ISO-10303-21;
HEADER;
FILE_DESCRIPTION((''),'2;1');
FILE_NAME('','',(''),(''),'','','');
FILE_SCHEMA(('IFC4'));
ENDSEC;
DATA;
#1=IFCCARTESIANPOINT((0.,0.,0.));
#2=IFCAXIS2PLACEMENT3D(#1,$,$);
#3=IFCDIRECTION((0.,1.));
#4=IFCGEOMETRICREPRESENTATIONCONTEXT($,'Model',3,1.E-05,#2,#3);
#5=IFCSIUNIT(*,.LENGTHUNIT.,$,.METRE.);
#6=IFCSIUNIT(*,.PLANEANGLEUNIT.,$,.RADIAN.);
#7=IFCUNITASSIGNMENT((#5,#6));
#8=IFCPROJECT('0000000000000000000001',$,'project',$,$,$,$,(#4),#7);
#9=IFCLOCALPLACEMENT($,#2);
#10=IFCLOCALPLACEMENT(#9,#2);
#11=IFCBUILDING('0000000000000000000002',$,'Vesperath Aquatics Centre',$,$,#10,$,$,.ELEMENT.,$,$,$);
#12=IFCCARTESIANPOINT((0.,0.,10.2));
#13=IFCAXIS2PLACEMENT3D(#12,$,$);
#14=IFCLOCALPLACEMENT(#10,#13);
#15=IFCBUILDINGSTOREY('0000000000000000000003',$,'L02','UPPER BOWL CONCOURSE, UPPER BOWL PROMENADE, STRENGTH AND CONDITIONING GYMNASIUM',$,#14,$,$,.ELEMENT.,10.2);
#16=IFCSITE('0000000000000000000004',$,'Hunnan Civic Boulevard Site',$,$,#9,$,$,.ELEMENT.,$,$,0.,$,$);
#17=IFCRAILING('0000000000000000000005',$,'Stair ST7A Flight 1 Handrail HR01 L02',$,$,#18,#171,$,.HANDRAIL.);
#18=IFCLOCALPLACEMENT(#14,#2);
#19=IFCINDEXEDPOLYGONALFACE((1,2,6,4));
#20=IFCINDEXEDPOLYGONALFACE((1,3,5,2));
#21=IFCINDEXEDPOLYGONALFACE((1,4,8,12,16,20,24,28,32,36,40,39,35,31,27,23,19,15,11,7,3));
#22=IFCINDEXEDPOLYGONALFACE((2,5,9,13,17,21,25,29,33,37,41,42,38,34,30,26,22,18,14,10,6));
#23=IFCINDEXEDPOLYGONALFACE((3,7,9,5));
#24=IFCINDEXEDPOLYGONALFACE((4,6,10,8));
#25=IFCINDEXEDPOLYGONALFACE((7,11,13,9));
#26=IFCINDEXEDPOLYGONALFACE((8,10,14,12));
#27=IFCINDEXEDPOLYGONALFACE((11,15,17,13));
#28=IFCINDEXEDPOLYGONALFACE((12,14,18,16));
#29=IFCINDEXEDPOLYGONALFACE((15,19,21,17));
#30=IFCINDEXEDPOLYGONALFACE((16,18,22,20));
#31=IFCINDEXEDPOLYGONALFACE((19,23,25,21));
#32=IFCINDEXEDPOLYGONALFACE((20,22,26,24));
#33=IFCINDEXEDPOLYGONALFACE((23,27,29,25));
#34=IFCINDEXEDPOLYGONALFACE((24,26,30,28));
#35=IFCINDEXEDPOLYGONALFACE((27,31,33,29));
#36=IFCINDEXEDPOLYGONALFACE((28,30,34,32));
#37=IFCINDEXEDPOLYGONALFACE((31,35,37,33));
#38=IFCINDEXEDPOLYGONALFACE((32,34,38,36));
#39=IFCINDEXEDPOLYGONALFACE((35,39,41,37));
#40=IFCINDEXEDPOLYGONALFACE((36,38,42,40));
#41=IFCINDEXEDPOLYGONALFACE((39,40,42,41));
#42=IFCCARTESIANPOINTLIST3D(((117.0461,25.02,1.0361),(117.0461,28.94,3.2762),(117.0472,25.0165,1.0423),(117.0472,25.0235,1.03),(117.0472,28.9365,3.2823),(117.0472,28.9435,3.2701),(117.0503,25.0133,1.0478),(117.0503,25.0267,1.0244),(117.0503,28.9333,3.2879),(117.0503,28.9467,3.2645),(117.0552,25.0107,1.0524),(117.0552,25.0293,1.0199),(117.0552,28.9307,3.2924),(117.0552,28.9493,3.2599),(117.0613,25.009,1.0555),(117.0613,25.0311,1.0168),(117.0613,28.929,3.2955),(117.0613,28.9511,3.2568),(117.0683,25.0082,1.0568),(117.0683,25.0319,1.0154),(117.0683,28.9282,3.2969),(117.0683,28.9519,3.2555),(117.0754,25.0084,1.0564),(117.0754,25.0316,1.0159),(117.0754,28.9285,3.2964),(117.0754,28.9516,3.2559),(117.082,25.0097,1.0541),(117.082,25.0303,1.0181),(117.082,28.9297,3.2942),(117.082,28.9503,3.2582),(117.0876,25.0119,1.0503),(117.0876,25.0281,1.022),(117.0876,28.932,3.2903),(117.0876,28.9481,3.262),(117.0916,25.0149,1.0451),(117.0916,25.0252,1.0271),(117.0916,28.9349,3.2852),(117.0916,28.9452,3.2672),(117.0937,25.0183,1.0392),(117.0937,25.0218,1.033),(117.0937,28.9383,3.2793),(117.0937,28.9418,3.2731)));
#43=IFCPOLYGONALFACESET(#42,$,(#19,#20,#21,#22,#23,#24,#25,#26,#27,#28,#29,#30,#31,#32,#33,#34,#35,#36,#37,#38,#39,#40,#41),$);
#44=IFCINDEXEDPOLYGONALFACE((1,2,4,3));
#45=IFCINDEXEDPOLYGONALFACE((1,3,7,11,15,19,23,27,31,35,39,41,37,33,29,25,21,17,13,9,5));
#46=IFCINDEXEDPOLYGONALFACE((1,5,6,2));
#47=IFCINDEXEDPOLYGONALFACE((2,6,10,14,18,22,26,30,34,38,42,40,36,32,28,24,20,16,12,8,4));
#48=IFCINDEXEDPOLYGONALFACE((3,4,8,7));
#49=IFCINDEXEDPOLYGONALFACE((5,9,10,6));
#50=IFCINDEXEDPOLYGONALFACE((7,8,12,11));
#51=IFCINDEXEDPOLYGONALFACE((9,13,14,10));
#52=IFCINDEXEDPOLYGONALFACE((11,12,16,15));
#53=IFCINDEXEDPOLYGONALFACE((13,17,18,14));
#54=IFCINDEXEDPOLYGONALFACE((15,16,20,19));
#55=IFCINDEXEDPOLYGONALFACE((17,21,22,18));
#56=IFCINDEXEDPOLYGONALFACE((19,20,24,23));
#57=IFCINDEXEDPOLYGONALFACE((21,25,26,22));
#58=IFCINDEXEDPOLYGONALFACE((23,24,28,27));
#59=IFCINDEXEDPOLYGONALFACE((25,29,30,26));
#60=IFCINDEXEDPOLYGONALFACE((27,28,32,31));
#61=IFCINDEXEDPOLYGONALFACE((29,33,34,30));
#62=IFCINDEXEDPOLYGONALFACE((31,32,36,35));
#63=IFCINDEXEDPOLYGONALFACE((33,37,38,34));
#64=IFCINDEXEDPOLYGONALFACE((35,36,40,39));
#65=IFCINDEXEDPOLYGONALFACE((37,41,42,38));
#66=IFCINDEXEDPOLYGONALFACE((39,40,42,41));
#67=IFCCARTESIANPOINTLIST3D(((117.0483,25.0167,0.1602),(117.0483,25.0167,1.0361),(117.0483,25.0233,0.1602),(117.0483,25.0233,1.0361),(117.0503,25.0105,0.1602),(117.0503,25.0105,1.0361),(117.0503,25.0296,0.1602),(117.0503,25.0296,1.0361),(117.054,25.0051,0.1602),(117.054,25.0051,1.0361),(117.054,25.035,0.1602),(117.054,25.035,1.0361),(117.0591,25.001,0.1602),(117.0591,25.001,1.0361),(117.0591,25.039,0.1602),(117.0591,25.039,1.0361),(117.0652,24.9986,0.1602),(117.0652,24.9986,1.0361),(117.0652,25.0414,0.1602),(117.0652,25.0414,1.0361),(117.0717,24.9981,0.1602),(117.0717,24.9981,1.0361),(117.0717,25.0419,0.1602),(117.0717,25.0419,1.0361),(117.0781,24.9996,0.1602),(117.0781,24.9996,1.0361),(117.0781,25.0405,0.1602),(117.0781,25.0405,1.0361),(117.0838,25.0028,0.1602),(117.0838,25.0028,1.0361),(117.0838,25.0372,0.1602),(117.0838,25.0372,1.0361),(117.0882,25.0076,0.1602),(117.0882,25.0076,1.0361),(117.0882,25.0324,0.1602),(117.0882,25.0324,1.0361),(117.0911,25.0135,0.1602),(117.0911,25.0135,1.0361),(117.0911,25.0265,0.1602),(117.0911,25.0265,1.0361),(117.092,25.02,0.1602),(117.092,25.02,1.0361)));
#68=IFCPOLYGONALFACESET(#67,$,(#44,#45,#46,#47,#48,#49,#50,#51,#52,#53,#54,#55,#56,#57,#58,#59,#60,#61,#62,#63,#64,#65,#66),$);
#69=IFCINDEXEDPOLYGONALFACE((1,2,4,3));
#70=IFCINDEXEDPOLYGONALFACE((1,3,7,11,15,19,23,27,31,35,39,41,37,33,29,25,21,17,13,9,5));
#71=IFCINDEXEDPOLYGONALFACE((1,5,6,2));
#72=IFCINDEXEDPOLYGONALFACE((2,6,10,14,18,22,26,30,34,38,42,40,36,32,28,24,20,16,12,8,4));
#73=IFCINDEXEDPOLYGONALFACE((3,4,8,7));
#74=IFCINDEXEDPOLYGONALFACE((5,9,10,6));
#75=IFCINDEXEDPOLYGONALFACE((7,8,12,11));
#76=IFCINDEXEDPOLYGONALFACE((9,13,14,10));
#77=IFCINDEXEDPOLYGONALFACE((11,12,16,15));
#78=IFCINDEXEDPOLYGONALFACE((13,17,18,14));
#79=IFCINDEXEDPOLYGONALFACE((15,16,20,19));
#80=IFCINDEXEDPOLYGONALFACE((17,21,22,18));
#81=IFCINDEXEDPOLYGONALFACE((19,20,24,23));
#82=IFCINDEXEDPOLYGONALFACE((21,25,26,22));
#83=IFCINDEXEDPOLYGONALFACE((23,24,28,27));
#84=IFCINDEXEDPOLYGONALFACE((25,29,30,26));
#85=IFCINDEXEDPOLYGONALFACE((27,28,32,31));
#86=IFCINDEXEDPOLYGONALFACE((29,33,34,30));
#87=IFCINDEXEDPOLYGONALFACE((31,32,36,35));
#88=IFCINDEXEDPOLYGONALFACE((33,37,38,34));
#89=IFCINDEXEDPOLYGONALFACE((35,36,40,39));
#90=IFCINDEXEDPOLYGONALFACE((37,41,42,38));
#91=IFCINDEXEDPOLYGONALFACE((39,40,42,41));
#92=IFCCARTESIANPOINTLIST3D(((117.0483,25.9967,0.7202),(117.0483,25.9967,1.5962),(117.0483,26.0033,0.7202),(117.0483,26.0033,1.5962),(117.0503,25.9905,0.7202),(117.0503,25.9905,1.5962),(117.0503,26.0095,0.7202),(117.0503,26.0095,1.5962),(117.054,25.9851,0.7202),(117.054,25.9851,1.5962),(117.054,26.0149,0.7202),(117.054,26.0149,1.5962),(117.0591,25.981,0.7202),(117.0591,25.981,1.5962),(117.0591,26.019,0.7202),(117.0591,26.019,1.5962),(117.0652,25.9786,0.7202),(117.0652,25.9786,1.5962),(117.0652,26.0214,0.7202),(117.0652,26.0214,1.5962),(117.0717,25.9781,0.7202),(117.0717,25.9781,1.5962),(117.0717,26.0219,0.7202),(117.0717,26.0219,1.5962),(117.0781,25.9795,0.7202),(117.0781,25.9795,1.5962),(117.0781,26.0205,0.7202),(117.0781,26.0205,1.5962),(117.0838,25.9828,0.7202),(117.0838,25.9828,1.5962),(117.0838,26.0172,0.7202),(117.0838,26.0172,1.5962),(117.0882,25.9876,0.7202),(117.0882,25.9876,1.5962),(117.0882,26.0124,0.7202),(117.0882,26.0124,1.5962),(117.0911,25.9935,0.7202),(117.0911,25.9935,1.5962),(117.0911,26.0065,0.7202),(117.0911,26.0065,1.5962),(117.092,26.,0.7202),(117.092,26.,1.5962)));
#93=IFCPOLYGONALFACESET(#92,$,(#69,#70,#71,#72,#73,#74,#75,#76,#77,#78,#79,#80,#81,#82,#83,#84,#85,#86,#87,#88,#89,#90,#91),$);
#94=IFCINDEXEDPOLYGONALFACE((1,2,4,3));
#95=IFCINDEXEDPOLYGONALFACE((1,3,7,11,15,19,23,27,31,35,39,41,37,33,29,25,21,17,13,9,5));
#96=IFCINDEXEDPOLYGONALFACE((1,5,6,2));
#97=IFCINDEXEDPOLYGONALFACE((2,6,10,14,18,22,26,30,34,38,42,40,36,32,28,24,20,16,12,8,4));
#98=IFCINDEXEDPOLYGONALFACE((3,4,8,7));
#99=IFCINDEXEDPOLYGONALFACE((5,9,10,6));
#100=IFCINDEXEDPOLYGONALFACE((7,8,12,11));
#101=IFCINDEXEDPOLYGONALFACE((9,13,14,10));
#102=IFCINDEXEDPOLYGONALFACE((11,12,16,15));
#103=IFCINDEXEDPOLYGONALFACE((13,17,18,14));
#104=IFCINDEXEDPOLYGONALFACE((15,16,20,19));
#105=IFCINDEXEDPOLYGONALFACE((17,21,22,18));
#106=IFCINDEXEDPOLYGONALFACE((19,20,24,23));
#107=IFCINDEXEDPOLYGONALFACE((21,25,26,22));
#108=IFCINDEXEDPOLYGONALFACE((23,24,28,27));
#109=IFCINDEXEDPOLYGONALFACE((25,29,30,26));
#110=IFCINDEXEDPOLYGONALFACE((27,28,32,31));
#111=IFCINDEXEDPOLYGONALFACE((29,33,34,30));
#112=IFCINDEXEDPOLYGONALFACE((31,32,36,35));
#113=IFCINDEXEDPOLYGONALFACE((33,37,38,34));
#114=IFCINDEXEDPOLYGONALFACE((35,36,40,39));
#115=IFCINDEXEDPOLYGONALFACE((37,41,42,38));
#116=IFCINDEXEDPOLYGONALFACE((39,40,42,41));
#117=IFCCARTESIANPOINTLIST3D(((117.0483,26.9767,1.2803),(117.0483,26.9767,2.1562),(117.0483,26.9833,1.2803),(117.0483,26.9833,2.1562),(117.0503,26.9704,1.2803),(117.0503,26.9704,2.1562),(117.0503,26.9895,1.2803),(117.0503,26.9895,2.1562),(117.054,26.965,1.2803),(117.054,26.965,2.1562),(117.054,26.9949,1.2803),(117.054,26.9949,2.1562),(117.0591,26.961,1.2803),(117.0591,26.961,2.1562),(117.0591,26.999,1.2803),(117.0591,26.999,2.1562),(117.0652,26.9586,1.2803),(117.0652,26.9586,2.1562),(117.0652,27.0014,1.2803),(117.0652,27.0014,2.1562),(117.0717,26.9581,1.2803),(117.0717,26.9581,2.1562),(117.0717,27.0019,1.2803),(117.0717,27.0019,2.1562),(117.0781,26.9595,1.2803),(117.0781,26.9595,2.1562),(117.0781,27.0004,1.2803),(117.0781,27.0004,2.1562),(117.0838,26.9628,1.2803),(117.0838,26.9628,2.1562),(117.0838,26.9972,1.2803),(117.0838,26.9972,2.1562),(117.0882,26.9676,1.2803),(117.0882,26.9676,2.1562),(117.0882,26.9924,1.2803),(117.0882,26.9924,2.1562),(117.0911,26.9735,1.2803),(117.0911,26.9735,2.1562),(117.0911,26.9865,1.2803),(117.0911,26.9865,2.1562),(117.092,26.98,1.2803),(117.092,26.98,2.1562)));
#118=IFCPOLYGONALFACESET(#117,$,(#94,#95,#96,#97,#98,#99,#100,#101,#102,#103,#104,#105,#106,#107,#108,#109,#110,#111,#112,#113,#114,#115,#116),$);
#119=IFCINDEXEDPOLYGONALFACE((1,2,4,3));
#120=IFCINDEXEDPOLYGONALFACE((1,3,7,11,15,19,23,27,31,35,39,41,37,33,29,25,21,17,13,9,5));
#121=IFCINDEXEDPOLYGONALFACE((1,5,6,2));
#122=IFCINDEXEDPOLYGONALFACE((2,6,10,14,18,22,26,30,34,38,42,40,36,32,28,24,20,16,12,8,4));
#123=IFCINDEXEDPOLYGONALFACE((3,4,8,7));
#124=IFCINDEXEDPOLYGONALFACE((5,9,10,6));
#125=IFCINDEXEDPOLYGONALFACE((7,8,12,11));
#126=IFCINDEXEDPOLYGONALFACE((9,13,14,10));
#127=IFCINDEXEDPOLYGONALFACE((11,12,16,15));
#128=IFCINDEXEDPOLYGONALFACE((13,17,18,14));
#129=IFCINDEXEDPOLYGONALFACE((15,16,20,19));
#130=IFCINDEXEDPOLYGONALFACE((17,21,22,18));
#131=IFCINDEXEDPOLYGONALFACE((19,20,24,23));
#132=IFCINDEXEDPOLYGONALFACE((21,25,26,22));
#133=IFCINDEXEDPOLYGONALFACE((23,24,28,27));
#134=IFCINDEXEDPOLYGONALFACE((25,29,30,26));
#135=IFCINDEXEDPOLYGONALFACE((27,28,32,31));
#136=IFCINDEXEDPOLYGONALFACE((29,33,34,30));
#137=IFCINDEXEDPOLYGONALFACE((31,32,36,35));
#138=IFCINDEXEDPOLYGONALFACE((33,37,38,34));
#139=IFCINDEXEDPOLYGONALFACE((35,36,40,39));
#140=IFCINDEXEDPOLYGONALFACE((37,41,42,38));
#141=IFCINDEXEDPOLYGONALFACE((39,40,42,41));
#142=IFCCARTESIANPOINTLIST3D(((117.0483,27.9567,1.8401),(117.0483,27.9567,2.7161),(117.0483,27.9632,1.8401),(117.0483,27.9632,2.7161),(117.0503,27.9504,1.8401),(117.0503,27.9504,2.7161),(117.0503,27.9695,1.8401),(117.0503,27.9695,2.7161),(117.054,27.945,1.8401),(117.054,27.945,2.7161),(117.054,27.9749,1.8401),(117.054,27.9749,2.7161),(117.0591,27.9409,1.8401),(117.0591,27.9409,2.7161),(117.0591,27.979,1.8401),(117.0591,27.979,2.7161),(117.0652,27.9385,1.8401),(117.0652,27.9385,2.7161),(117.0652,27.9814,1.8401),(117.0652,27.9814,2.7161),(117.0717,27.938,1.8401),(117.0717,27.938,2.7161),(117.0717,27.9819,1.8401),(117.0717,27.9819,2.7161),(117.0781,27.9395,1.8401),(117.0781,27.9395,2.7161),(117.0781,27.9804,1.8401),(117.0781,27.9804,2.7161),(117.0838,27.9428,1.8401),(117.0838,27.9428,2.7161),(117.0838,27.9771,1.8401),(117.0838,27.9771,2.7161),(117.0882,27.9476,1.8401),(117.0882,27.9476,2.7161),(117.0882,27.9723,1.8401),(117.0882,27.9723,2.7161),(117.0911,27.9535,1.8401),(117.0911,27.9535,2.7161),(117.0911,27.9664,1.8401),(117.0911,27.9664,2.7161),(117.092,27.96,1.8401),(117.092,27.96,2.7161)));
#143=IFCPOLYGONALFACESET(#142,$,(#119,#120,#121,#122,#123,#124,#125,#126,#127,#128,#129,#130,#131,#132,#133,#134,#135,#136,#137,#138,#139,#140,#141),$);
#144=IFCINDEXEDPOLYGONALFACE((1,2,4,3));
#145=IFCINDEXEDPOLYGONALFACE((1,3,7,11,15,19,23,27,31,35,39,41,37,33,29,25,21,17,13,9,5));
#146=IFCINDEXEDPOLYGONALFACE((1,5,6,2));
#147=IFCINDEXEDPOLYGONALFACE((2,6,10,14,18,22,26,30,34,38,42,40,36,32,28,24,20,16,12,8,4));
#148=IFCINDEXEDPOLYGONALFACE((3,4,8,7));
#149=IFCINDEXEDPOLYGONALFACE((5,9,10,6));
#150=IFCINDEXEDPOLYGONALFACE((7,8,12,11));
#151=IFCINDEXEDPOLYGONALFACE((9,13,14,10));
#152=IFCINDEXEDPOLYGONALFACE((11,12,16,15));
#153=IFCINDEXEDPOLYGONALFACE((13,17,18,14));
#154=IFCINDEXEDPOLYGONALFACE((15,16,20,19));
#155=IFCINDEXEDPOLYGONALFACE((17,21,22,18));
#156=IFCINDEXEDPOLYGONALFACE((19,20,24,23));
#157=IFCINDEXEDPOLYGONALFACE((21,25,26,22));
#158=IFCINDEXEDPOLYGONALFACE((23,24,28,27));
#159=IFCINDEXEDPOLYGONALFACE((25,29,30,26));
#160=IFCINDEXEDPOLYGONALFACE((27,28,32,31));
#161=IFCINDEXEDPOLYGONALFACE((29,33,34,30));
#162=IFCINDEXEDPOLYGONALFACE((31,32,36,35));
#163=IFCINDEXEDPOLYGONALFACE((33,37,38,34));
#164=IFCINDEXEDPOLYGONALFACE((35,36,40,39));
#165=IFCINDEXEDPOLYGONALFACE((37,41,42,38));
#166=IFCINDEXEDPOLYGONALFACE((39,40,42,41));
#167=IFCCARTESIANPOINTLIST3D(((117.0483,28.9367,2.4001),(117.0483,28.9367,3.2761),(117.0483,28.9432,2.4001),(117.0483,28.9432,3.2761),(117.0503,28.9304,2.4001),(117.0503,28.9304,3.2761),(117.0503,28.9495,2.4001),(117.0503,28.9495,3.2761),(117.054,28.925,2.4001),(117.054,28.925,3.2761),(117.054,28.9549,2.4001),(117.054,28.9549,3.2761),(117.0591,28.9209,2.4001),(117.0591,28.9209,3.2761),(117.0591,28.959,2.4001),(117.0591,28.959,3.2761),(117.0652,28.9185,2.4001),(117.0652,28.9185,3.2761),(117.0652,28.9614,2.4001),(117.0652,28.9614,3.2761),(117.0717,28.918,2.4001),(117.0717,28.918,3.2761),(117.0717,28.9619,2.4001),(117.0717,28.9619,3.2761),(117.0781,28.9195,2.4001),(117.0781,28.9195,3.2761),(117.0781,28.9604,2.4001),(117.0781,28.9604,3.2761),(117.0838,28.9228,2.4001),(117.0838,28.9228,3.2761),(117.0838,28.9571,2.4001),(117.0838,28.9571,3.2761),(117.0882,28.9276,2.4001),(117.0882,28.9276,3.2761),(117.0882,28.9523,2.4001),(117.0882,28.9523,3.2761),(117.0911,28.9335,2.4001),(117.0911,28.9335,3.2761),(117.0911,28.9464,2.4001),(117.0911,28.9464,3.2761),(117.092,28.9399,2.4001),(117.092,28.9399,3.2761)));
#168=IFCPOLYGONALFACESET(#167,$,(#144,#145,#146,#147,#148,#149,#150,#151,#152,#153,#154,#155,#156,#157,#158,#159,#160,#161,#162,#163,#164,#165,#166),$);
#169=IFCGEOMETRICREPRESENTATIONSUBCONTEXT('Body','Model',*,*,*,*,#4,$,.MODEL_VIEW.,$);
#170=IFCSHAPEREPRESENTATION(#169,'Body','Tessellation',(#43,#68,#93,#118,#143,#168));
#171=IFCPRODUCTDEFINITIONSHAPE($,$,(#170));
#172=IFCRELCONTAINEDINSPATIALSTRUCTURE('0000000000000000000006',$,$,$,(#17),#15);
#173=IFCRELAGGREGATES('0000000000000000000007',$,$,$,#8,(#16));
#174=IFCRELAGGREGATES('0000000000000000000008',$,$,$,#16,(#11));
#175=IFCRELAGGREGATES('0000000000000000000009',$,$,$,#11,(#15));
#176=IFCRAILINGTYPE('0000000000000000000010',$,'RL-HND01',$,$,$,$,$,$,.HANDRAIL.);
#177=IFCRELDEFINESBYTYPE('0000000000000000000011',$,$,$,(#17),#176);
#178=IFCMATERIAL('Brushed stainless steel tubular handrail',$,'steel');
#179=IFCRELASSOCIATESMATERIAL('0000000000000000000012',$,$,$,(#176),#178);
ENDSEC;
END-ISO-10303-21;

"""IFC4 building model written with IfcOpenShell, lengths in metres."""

from ifc_helpers import new_model, si_unit, direction, frame, origin, origin_2d, place, context, subcontext, project, spatial, circle, extrude, material, type_object, element, save


model = new_model("IFC4")

# Units and contexts
model_context = context("Model", 3, precision=1e-05, world=origin(), true_north=direction((0.0, 1.0)))
body_context = subcontext(model_context, "Body", "Model", "MODEL_VIEW")
ifc_project = project(units=[si_unit("LENGTHUNIT", "METRE"), si_unit("PLANEANGLEUNIT", "RADIAN")], contexts=[model_context])

# Site, building, storey
site_placement = place(None, origin())
site = spatial("IfcSite", under=ifc_project, at=site_placement, Name="Hunnan Civic Boulevard Site", CompositionType="ELEMENT", RefElevation=0.0)
building_placement = place(site_placement, origin())
building = spatial("IfcBuilding", under=site, at=building_placement, Name="Vesperath Aquatics Centre", CompositionType="ELEMENT")
storey_placement = place(building_placement, frame((0.0, 0.0, 10.2)))
storey = spatial("IfcBuildingStorey", under=building, at=storey_placement, Name="L02", Description="UPPER BOWL CONCOURSE, UPPER BOWL PROMENADE, STRENGTH AND CONDITIONING GYMNASIUM", CompositionType="ELEMENT", Elevation=10.2)

# Railing
ifc_material_1 = material(Name="Brushed stainless steel tubular handrail", Category="steel")
railing_type_1 = type_object("IfcRailingType", Name="RL-HND01", PredefinedType="HANDRAIL", material=ifc_material_1)
railing_1_placement = place(storey_placement, frame((117.0701, 25.02, 0.1602)))
element("IfcRailing", 1, at=railing_1_placement, inside=storey, type_object=railing_type_1, Name="Stair ST7A Flight 1 Handrail HR01 L02", PredefinedType="HANDRAIL", context=body_context, shape_type="SweptSolid", body=[
    extrude(circle(Radius=0.0239, at=origin_2d()), frame((0.0, 0.0, 0.876), z_axis=(0.0, 0.86824, 0.496145), x_axis=(-1.0, 0.0, 0.0)), (0.0, 0.0, 1.0), 4.5149),
    extrude(circle(Radius=0.022, at=origin_2d()), origin(), (0.0, 0.0, 1.0), 0.876),
    extrude(circle(Radius=0.022, at=origin_2d()), frame((0.0, 0.98, 0.5601)), (0.0, 0.0, 1.0), 0.876),
    extrude(circle(Radius=0.022, at=origin_2d()), frame((0.0, 1.96, 1.1201)), (0.0, 0.0, 1.0), 0.876),
    extrude(circle(Radius=0.022, at=origin_2d()), frame((0.0, 2.9399, 1.6799)), (0.0, 0.0, 1.0), 0.876),
    extrude(circle(Radius=0.022, at=origin_2d()), frame((0.0, 3.9199, 2.24)), (0.0, 0.0, 1.0), 0.876),
])

save(model, "model.ifc")
